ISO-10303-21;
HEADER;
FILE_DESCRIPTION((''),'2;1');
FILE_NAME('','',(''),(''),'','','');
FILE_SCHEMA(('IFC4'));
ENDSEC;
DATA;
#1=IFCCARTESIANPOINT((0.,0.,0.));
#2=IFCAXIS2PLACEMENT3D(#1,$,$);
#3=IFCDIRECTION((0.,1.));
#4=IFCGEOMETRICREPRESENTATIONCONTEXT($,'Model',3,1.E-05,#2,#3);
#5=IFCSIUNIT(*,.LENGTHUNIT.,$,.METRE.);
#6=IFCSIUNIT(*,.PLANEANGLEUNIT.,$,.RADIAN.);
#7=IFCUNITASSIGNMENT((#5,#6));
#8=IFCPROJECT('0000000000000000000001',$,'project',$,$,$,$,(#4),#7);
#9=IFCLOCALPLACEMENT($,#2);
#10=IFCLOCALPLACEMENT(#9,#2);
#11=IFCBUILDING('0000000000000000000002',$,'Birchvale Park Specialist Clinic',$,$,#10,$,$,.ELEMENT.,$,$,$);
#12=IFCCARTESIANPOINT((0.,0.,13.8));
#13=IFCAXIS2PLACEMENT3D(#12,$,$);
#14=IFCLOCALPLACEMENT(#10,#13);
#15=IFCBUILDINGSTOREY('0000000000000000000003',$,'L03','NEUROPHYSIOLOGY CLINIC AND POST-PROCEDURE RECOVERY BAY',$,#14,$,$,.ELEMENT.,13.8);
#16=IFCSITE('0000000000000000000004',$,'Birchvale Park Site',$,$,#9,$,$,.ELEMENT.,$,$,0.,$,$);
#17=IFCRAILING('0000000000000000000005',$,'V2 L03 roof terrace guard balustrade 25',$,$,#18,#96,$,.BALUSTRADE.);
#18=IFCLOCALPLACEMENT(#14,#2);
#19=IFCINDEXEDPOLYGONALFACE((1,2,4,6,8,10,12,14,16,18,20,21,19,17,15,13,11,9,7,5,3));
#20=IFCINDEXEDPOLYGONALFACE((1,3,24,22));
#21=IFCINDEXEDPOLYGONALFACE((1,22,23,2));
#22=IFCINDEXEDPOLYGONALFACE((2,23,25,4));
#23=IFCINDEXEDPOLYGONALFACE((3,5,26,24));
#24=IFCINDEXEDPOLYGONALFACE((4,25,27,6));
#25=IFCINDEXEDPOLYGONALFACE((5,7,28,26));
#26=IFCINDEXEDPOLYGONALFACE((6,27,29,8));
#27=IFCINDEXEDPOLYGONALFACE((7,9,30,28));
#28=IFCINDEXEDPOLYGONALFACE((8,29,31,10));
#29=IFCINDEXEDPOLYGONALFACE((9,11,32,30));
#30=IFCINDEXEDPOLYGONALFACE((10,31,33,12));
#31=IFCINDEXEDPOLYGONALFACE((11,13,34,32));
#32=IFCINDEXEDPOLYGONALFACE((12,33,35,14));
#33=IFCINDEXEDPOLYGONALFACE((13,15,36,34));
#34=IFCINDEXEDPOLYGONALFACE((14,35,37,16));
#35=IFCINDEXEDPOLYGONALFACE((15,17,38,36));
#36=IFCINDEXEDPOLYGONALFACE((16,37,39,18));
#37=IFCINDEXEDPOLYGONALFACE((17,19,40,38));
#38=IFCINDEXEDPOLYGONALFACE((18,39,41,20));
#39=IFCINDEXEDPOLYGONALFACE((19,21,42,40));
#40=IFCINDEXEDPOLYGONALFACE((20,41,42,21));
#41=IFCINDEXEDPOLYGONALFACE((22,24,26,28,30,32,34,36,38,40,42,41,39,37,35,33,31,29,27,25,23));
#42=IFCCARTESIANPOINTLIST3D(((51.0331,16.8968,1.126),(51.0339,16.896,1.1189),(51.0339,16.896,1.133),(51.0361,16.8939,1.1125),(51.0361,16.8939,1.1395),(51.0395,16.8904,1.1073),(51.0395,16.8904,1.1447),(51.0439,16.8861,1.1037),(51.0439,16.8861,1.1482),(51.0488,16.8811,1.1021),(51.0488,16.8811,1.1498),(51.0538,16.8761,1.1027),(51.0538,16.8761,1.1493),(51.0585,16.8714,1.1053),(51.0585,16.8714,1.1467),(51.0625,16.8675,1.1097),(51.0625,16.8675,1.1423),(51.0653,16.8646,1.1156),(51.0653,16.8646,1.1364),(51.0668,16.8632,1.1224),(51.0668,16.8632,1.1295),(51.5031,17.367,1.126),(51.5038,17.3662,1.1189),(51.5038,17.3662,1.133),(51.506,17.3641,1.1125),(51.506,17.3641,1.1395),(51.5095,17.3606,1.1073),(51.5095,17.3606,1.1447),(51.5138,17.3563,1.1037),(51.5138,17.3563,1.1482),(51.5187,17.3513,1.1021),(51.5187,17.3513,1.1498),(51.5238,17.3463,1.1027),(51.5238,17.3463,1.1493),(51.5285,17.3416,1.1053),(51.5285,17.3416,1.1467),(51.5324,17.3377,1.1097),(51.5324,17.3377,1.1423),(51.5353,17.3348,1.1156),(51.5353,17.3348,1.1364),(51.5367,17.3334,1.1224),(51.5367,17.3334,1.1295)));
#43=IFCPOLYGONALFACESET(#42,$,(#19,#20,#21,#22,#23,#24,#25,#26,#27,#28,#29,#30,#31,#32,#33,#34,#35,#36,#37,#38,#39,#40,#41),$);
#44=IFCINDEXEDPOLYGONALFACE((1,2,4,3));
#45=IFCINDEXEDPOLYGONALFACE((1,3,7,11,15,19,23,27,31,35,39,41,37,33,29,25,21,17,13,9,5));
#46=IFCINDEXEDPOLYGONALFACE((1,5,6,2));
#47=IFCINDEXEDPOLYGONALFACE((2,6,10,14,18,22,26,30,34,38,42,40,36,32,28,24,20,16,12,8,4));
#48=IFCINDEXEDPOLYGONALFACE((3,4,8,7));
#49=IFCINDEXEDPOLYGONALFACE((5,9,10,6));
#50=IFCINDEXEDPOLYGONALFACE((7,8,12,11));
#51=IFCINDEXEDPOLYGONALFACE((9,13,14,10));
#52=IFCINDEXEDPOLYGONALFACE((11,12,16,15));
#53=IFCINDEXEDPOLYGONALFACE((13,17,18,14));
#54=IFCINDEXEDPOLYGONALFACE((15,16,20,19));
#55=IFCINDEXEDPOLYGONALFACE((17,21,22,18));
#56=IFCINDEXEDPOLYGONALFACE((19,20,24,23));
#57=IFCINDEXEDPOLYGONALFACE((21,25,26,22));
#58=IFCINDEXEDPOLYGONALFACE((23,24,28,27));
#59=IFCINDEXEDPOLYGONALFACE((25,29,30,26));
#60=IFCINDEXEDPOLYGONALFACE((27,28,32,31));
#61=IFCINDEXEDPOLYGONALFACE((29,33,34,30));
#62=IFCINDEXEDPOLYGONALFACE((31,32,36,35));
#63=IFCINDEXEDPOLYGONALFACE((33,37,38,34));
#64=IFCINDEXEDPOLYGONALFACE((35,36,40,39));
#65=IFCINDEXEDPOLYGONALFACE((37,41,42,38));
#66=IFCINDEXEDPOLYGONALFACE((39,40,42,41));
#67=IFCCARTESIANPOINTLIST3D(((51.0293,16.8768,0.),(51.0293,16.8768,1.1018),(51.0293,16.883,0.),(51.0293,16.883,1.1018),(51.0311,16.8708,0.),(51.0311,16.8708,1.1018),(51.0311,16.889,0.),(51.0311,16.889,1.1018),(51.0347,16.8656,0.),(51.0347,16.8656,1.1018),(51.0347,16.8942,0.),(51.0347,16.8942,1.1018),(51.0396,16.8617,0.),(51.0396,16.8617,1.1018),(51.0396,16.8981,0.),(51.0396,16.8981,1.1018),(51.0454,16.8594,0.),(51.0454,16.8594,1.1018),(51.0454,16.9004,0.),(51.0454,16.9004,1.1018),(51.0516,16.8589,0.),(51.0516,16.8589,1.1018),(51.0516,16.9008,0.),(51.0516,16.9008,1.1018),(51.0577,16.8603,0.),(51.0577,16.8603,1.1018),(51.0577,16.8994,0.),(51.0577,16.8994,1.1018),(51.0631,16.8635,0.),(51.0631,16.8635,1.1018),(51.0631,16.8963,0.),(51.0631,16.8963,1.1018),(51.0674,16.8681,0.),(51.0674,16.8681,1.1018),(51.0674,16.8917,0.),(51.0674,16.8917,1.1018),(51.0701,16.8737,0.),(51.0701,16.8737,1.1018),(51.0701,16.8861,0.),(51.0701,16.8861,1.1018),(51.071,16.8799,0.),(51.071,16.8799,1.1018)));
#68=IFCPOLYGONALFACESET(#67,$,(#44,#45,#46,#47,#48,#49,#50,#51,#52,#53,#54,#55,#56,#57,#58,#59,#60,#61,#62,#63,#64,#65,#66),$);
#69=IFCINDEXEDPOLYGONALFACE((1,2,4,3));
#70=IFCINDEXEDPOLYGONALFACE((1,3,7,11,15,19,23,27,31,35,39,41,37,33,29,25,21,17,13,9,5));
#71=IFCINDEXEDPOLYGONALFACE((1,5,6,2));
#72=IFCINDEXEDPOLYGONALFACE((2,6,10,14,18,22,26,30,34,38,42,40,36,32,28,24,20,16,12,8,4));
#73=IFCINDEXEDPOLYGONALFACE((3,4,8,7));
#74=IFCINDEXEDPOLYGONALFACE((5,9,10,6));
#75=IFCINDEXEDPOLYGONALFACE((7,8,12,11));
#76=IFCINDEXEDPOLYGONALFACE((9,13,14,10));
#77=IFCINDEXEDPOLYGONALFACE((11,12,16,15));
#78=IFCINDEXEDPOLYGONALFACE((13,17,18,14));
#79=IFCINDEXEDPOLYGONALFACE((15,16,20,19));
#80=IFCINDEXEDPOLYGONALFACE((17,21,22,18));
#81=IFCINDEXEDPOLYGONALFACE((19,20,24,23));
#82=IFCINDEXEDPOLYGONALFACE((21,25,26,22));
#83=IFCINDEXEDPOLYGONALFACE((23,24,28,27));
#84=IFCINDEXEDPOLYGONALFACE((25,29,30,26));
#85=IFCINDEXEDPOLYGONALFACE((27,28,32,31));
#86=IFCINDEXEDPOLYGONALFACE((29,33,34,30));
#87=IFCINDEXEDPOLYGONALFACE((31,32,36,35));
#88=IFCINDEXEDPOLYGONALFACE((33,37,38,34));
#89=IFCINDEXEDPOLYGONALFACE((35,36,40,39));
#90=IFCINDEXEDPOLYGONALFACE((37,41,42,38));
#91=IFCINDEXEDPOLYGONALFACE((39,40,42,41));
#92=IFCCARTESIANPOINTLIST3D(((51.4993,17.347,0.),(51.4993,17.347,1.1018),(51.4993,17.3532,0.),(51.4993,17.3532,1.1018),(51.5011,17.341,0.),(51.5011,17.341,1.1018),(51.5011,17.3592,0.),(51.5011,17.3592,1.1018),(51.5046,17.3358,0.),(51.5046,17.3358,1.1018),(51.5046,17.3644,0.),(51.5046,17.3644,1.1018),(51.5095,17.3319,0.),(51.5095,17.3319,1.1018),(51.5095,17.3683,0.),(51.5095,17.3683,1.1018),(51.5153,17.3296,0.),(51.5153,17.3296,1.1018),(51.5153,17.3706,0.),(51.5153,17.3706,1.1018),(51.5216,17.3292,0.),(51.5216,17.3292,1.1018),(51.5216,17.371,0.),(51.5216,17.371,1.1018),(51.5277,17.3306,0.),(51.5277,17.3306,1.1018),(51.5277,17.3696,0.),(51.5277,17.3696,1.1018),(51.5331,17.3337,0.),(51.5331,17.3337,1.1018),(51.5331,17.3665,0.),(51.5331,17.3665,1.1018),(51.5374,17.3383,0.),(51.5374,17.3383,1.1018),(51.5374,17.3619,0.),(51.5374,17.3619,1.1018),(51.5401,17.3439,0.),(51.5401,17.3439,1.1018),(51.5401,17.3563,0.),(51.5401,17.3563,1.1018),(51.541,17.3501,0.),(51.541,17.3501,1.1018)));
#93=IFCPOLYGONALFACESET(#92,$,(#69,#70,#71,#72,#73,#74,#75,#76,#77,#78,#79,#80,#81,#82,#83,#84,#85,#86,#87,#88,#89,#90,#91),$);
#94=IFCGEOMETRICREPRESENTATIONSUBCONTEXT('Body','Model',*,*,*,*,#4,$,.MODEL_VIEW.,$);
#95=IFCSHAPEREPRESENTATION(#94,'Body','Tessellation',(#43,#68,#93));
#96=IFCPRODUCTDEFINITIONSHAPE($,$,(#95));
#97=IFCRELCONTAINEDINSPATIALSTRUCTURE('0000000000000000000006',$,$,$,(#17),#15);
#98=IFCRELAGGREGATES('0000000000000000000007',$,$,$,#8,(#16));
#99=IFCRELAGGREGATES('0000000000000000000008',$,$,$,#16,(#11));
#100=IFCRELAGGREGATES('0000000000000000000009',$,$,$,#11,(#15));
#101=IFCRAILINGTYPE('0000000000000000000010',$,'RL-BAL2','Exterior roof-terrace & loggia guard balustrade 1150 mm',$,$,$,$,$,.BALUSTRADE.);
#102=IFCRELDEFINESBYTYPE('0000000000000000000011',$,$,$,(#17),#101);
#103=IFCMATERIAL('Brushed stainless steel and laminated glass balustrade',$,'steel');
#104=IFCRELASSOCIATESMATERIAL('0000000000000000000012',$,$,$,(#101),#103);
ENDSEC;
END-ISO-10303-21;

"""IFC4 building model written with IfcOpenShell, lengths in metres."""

from ifc_helpers import new_model, si_unit, direction, frame, origin, origin_2d, place, context, subcontext, project, spatial, circle, extrude, material, type_object, element, save


model = new_model("IFC4")

# Units and contexts
model_context = context("Model", 3, precision=1e-05, world=origin(), true_north=direction((0.0, 1.0)))
body_context = subcontext(model_context, "Body", "Model", "MODEL_VIEW")
ifc_project = project(units=[si_unit("LENGTHUNIT", "METRE"), si_unit("PLANEANGLEUNIT", "RADIAN")], contexts=[model_context])

# Site, building, storey
site_placement = place(None, origin())
site = spatial("IfcSite", under=ifc_project, at=site_placement, Name="Birchvale Park Site", CompositionType="ELEMENT", RefElevation=0.0)
building_placement = place(site_placement, origin())
building = spatial("IfcBuilding", under=site, at=building_placement, Name="Birchvale Park Specialist Clinic", CompositionType="ELEMENT")
storey_placement = place(building_placement, frame((0.0, 0.0, 13.8)))
storey = spatial("IfcBuildingStorey", under=building, at=storey_placement, Name="L03", Description="NEUROPHYSIOLOGY CLINIC AND POST-PROCEDURE RECOVERY BAY", CompositionType="ELEMENT", Elevation=13.8)

# Railing
ifc_material_1 = material(Name="Brushed stainless steel and laminated glass balustrade", Category="steel")
railing_type = type_object("IfcRailingType", Name="RL-BAL2", Description="Exterior roof-terrace & loggia guard balustrade 1150 mm", PredefinedType="BALUSTRADE", material=ifc_material_1)
railing_1_placement = place(storey_placement, frame((51.05, 16.8799, 0.0)))
element("IfcRailing", 1, at=railing_1_placement, inside=storey, type_object=railing_type, Name="V2 L03 roof terrace guard balustrade 25", PredefinedType="BALUSTRADE", context=body_context, shape_type="SweptSolid", body=[
    extrude(circle(Radius=0.0239, at=origin_2d()), frame((0.0, 0.0, 1.126), z_axis=(0.706923, 0.70729, 0.0), x_axis=(-0.70729, 0.706923, 0.0)), (0.0, 0.0, 1.0), 0.6648),
    extrude(circle(Radius=0.021, at=origin_2d()), origin(), (0.0, 0.0, 1.0), 1.1018),
    extrude(circle(Radius=0.021, at=origin_2d()), frame((0.47, 0.4702, 0.0)), (0.0, 0.0, 1.0), 1.1018),
])

save(model, "model.ifc")
